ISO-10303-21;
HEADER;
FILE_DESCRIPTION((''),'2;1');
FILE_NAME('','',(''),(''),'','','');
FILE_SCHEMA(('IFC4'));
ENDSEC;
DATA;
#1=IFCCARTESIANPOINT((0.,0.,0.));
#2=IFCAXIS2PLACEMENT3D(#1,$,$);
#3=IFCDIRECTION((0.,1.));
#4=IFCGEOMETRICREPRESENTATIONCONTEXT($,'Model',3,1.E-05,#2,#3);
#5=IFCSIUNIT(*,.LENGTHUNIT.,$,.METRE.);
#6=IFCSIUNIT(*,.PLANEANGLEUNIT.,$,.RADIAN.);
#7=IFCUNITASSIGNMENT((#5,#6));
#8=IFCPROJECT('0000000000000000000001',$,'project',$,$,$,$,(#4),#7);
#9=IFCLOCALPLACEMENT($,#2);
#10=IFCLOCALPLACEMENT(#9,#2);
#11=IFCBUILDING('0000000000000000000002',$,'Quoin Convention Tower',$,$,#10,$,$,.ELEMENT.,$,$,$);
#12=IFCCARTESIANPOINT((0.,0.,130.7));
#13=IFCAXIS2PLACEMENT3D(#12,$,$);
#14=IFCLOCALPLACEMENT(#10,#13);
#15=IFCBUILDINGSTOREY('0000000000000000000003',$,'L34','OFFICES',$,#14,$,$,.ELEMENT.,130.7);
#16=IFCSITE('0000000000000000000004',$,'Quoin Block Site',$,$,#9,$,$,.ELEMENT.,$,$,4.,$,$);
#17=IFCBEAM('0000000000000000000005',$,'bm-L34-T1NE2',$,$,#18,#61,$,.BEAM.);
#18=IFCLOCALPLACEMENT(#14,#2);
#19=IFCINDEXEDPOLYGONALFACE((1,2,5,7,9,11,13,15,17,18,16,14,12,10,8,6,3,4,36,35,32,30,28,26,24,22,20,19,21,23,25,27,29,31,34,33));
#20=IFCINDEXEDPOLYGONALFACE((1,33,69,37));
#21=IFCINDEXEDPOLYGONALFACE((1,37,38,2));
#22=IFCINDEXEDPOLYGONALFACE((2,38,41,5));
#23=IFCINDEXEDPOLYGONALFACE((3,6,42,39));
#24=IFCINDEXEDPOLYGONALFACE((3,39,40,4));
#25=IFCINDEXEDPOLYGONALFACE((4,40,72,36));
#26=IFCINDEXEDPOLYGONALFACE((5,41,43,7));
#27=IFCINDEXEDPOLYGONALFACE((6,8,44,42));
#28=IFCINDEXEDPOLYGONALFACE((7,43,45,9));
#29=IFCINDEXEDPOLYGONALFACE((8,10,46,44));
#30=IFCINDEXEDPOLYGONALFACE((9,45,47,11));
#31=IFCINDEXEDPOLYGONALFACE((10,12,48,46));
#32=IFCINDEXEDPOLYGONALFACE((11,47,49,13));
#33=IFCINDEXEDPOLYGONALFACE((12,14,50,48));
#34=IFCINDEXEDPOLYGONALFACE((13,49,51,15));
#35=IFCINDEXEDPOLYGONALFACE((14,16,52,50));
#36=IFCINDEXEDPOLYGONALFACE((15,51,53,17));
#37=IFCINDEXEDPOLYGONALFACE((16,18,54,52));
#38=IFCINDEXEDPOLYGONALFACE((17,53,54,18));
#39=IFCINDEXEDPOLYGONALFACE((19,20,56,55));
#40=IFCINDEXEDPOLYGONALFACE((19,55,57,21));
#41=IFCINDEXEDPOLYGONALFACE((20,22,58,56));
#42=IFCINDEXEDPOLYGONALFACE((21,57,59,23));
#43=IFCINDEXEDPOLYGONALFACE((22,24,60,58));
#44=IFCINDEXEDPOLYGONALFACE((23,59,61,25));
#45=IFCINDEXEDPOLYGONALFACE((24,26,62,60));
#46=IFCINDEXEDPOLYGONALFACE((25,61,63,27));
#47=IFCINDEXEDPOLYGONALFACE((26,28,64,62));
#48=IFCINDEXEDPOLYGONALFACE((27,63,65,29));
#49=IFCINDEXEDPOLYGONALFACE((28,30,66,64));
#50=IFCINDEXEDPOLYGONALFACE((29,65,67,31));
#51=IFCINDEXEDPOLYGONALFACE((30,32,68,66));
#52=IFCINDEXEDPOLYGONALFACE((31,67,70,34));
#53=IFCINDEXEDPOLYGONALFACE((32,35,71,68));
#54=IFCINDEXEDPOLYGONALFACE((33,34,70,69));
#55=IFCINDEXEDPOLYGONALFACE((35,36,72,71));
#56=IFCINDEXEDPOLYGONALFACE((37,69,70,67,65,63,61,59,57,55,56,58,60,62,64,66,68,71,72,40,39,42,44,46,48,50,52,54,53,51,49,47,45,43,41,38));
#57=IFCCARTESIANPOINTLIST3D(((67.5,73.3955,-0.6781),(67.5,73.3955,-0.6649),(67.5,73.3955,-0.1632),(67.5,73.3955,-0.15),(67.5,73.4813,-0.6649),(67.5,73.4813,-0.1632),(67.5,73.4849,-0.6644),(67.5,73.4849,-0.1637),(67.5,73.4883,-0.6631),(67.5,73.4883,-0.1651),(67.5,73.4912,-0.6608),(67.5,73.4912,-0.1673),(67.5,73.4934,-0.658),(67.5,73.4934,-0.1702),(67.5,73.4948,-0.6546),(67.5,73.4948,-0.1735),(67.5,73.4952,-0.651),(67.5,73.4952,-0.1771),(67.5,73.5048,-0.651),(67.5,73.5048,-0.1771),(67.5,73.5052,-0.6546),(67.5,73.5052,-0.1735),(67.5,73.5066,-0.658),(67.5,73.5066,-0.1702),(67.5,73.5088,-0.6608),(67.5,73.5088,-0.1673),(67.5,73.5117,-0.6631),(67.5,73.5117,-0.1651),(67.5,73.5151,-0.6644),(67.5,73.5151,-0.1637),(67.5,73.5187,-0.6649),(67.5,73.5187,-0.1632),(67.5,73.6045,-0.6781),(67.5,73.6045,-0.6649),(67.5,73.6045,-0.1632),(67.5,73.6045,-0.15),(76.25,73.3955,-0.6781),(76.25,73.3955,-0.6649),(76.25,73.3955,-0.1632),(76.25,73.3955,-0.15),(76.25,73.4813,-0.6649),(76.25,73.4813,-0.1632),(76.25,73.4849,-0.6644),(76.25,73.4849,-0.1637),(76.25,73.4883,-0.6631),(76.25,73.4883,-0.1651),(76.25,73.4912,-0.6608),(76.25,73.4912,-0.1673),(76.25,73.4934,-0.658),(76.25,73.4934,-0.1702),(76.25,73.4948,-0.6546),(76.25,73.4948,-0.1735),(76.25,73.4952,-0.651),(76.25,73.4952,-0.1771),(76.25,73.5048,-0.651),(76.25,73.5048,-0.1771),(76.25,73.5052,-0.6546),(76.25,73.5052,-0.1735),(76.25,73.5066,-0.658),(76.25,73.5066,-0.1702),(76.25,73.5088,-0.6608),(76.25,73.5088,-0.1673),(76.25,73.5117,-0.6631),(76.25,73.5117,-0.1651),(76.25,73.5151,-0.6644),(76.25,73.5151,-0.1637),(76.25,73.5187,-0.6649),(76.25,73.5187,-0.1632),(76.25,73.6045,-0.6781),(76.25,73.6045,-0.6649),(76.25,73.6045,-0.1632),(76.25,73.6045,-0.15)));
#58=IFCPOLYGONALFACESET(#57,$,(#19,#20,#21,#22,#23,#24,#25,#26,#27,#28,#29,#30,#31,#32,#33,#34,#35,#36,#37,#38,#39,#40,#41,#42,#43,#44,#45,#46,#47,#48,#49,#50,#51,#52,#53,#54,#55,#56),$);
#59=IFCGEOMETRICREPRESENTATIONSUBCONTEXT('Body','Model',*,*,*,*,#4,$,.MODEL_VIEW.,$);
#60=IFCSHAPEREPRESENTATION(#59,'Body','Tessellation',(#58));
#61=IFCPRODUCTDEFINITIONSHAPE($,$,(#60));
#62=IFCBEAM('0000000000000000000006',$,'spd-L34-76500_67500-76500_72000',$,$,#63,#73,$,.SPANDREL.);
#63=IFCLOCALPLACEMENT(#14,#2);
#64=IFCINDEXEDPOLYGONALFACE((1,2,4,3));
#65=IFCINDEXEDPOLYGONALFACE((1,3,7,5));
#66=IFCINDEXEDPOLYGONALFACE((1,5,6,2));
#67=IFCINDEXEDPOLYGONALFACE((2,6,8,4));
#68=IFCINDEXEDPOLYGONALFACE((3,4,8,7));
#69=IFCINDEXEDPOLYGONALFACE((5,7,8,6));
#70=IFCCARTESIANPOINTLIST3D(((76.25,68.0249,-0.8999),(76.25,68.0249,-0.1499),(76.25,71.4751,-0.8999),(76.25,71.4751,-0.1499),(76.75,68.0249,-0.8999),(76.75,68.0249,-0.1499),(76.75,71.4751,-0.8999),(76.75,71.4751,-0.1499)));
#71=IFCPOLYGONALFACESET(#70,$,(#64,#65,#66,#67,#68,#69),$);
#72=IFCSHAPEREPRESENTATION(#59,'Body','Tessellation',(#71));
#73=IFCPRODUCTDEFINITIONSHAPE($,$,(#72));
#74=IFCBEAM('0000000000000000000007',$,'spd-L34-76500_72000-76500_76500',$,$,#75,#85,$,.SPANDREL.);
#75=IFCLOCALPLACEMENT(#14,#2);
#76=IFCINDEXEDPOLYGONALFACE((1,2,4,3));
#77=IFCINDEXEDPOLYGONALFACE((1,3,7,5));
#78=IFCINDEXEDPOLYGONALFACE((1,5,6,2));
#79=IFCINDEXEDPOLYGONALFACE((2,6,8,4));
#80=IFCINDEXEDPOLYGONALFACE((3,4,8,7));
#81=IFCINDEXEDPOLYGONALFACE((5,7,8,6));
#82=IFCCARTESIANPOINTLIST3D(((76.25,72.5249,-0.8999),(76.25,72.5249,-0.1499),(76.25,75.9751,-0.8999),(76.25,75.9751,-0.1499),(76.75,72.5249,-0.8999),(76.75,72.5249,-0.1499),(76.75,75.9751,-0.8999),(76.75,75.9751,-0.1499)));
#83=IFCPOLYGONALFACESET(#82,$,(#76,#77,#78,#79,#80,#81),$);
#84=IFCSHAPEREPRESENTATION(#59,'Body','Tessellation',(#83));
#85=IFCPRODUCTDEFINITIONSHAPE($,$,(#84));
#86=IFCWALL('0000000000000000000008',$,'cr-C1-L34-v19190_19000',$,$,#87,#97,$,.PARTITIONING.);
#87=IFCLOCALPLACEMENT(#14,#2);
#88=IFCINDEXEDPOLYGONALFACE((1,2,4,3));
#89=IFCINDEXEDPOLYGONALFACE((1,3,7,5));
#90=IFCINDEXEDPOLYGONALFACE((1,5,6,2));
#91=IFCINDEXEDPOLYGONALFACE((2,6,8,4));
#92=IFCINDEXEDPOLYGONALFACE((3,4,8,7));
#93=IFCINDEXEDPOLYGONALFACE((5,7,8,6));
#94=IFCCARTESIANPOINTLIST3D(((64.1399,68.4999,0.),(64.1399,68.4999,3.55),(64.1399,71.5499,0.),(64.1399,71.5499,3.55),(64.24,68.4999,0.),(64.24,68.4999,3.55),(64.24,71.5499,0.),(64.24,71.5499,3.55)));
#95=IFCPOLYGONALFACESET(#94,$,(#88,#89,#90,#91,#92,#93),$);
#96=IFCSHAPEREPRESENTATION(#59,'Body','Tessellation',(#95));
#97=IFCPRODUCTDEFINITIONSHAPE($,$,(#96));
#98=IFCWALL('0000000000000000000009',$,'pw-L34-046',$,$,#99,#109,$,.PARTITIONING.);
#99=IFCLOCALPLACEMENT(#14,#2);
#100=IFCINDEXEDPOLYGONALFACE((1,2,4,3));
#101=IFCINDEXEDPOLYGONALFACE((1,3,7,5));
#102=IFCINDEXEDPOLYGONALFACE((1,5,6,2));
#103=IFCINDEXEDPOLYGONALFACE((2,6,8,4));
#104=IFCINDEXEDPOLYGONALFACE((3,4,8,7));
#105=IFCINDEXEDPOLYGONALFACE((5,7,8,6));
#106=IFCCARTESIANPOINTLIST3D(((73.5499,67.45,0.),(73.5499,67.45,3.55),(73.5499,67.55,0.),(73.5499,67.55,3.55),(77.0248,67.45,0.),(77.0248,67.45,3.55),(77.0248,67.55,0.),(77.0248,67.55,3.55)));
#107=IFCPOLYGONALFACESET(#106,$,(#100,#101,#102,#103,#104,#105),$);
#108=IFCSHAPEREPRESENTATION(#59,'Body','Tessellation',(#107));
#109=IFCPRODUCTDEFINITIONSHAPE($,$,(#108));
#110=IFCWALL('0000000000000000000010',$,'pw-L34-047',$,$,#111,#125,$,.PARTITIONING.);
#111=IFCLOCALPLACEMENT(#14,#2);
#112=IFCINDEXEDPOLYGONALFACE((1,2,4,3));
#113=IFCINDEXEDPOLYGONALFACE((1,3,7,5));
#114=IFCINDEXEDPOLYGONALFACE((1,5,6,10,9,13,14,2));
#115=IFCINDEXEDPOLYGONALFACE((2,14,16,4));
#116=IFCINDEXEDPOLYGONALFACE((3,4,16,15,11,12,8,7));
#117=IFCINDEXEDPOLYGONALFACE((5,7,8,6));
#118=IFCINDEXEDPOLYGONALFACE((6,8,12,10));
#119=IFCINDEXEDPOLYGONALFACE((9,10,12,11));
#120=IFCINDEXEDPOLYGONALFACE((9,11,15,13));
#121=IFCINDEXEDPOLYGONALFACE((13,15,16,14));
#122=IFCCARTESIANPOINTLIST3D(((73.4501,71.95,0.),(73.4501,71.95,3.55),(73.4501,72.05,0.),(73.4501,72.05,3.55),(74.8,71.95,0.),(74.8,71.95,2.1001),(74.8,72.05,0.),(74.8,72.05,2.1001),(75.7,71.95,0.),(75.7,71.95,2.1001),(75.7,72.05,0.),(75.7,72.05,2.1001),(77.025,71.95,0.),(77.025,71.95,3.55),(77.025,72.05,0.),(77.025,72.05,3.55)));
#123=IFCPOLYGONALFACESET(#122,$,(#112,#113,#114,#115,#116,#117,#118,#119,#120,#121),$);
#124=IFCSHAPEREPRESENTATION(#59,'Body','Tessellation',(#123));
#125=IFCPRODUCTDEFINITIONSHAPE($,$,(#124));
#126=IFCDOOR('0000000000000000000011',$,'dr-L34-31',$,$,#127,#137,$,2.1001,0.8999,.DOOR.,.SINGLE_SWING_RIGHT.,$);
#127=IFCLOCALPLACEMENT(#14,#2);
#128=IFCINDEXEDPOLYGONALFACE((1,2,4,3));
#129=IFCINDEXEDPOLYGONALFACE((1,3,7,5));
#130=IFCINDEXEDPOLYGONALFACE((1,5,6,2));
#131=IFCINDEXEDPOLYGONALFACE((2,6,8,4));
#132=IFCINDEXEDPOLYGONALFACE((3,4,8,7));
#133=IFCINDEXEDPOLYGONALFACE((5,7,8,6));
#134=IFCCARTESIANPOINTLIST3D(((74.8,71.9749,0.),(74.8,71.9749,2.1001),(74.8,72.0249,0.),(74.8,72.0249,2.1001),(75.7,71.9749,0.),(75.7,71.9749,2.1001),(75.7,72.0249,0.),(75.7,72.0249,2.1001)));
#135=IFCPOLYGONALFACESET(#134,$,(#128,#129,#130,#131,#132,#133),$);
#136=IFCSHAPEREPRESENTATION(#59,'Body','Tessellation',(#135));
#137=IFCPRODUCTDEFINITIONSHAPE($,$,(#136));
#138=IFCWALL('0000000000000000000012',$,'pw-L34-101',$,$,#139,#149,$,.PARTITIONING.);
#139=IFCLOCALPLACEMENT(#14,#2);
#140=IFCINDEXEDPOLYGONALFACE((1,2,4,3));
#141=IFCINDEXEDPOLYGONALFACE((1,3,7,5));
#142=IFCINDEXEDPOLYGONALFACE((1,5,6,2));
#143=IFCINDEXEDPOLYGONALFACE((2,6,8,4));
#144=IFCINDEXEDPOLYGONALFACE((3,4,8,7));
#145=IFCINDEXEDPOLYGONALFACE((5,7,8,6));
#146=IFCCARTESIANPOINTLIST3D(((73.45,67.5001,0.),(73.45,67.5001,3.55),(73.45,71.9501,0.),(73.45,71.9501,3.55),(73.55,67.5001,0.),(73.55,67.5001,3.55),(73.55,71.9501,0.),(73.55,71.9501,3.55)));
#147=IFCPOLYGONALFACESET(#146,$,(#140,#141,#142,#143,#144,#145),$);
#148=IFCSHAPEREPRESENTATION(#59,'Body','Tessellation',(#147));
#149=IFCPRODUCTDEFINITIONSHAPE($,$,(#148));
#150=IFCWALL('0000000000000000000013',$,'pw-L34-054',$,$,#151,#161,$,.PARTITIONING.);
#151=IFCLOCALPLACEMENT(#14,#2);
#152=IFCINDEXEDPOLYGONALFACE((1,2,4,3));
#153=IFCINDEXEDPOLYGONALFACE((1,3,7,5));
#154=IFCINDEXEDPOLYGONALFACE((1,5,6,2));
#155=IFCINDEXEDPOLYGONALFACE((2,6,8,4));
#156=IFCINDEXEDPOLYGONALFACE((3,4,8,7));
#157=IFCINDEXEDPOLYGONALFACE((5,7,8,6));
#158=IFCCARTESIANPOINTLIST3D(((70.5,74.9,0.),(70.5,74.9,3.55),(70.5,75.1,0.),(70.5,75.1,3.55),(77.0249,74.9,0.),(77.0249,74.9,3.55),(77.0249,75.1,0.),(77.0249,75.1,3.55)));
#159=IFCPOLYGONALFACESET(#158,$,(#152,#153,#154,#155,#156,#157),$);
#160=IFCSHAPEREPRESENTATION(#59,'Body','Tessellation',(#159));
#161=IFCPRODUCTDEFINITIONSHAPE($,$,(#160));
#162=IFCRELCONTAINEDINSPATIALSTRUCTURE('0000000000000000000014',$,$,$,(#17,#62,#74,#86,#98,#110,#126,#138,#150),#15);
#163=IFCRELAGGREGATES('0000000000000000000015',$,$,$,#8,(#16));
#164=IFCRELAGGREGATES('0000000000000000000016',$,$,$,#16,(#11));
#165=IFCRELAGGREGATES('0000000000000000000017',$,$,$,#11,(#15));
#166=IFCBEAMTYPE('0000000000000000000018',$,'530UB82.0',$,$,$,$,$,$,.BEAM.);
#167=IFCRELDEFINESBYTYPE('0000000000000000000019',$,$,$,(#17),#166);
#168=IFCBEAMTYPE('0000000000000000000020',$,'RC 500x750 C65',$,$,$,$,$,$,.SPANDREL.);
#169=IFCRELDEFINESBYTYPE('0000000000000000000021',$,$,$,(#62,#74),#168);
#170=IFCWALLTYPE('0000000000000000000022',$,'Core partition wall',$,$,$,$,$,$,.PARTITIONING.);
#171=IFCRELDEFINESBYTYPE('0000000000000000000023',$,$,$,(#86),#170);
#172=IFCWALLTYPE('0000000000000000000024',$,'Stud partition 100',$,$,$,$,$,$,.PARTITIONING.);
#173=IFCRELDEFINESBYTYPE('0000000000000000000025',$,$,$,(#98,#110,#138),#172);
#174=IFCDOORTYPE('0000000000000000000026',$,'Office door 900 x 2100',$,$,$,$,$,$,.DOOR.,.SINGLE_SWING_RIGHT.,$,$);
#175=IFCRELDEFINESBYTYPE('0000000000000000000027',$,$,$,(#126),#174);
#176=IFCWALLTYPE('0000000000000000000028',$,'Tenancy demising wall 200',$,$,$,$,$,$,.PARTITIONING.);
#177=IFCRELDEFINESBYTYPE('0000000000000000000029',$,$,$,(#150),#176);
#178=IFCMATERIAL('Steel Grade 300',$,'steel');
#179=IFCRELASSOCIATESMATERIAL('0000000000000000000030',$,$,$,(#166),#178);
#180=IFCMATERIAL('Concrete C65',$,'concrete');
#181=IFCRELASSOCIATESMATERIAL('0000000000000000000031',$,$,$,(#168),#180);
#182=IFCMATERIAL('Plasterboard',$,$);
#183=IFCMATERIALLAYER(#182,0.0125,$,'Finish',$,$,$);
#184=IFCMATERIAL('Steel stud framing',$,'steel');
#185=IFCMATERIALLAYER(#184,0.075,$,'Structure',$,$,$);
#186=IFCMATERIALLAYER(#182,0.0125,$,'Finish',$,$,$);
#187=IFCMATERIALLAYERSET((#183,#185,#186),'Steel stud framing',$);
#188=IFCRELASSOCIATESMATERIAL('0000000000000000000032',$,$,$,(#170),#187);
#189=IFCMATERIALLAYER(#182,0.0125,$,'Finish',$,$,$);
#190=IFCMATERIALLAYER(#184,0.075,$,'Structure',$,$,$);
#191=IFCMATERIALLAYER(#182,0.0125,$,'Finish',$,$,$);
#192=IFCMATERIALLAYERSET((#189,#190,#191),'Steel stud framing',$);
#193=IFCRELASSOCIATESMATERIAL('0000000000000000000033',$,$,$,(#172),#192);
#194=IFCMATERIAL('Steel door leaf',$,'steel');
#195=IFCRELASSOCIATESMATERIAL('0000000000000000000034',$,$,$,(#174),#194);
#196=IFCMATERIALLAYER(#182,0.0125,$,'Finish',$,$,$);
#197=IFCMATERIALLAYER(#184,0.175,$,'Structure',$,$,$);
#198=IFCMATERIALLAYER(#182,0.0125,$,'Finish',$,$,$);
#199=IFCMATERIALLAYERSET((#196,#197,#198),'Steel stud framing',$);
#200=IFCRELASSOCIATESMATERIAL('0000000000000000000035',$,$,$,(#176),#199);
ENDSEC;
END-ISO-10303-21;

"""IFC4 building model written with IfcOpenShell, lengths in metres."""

from ifc_helpers import new_model, si_unit, direction, frame, frame_2d, origin, origin_2d, place, context, subcontext, project, spatial, rectangle, i_section, extrude, material, layer, layer_set, material_profile, profile_set, type_object, element, fill, save


model = new_model("IFC4")

# Units and contexts
model_context = context("Model", 3, precision=1e-05, world=origin(), true_north=direction((0.0, 1.0)))
body_context = subcontext(model_context, "Body", "Model", "MODEL_VIEW")
ifc_project = project(units=[si_unit("LENGTHUNIT", "METRE"), si_unit("PLANEANGLEUNIT", "RADIAN")], contexts=[model_context])

# Site, building, storey
site_placement = place(None, origin())
site = spatial("IfcSite", under=ifc_project, at=site_placement, Name="Quoin Block Site", CompositionType="ELEMENT", RefElevation=4.0)
building_placement = place(site_placement, origin())
building = spatial("IfcBuilding", under=site, at=building_placement, Name="Quoin Convention Tower", CompositionType="ELEMENT")
storey_placement = place(building_placement, frame((0.0, 0.0, 130.7)))
storey = spatial("IfcBuildingStorey", under=building, at=storey_placement, Name="L34", Description="OFFICES", CompositionType="ELEMENT", Elevation=130.7)

# Shared definitions
ifc_material_1 = material(Name="Concrete C65", Category="concrete")

# Beams
ifc_material_2 = material(Name="Steel Grade 300", Category="steel")
ifc_material_profile_1 = material_profile(ifc_material_2, i_section(OverallWidth=0.209, OverallDepth=0.5281, WebThickness=0.0095, FlangeThickness=0.0132, FilletRadius=0.0139, at=origin_2d()), Name="530UB82.0")
ifc_profile_set_1 = profile_set([ifc_material_profile_1], Name="Steel Grade 300")
beam_type_1 = type_object("IfcBeamType", Name="530UB82.0", PredefinedType="BEAM", material=ifc_profile_set_1)
for number, where, z_axis, x_axis, name in (
    (1, (67.5, 73.5, -0.4141), (1.0, 0.0, 0.0), (0.0, 1.0, 0.0), "bm-L34-T1NE2"),
):
    element("IfcBeam", number, at=place(storey_placement, frame(where, z_axis=z_axis, x_axis=x_axis)), inside=storey, type_object=beam_type_1, Name=name, PredefinedType="BEAM", context=body_context, shape_type="SweptSolid", body=[
        extrude(i_section(OverallWidth=0.209, OverallDepth=0.5281, WebThickness=0.0095, FlangeThickness=0.0132, FilletRadius=0.0139, at=origin_2d()), origin(), (0.0, 0.0, 1.0), 8.75),
    ])
ifc_material_profile_2 = material_profile(ifc_material_1, rectangle(XDim=0.5, YDim=0.75, at=origin_2d()), Name="RC 500x750")
ifc_profile_set_2 = profile_set([ifc_material_profile_2], Name="Concrete C65")
beam_type_2 = type_object("IfcBeamType", Name="RC 500x750 C65", PredefinedType="SPANDREL", material=ifc_profile_set_2)
for number, where, z_axis, x_axis, name in (
    (2, (76.5, 68.0249, -0.5249), (0.0, 1.0, 0.0), (-1.0, 0.0, 0.0), "spd-L34-76500_67500-76500_72000"),
    (3, (76.5, 72.5249, -0.5249), (0.0, 1.0, 0.0), (-1.0, 0.0, 0.0), "spd-L34-76500_72000-76500_76500"),
):
    element("IfcBeam", number, at=place(storey_placement, frame(where, z_axis=z_axis, x_axis=x_axis)), inside=storey, type_object=beam_type_2, Name=name, PredefinedType="SPANDREL", context=body_context, shape_type="SweptSolid", body=[
        extrude(rectangle(XDim=0.5, YDim=0.75, at=origin_2d()), origin(), (0.0, 0.0, 1.0), 3.4502),
    ])

# Walls
ifc_material_3 = material(Name="Plasterboard")
ifc_layer_1 = layer(ifc_material_3, 0.0125, Name="Finish")
ifc_material_4 = material(Name="Steel stud framing", Category="steel")
ifc_layer_2 = layer(ifc_material_4, 0.075, Name="Structure")
ifc_layer_3 = layer(ifc_material_3, 0.0125, Name="Finish")
ifc_layer_set_1 = layer_set([ifc_layer_1, ifc_layer_2, ifc_layer_3], Name="Steel stud framing")
wall_type_1 = type_object("IfcWallType", Name="Core partition wall", PredefinedType="PARTITIONING", material=ifc_layer_set_1)
wall_1_placement = place(storey_placement, frame((64.1899, 68.5, 0.0), z_axis=(0.0, 0.0, 1.0), x_axis=(0.0, 1.0, 0.0)))
element("IfcWall", 4, at=wall_1_placement, inside=storey, type_object=wall_type_1, Name="cr-C1-L34-v19190_19000", PredefinedType="PARTITIONING", context=body_context, shape_type="SweptSolid", body=[
    extrude(rectangle(XDim=3.05, YDim=0.1001, at=frame_2d((1.5249, 0.0))), origin(), (0.0, 0.0, 1.0), 3.55),
])
ifc_layer_4 = layer(ifc_material_3, 0.0125, Name="Finish")
ifc_layer_5 = layer(ifc_material_4, 0.075, Name="Structure")
ifc_layer_6 = layer(ifc_material_3, 0.0125, Name="Finish")
ifc_layer_set_2 = layer_set([ifc_layer_4, ifc_layer_5, ifc_layer_6], Name="Steel stud framing")
wall_type_2 = type_object("IfcWallType", Name="Stud partition 100", PredefinedType="PARTITIONING", material=ifc_layer_set_2)
wall_2_placement = place(storey_placement, frame((73.55, 67.5, 0.0), z_axis=(0.0, 0.0, 1.0), x_axis=(1.0, 0.0, 0.0)))
element("IfcWall", 5, at=wall_2_placement, inside=storey, type_object=wall_type_2, Name="pw-L34-046", PredefinedType="PARTITIONING", context=body_context, shape_type="SweptSolid", body=[
    extrude(rectangle(XDim=3.4749, YDim=0.1001, at=frame_2d((1.7373, 0.0))), origin(), (0.0, 0.0, 1.0), 3.55),
])

# Wall, opening, door
wall_3_placement = place(storey_placement, frame((73.45, 72.0, 0.0), z_axis=(0.0, 0.0, 1.0), x_axis=(1.0, 0.0, 0.0)))
wall_3 = element("IfcWall", 6, at=wall_3_placement, inside=storey, type_object=wall_type_2, Name="pw-L34-047", PredefinedType="PARTITIONING", context=body_context, shape_type="SweptSolid", body=[
    extrude(rectangle(XDim=3.575, YDim=0.1001, at=frame_2d((1.7876, 0.0))), origin(), (0.0, 0.0, 1.0), 3.55),
])
opening_placement = place(wall_3_placement, frame((1.3501, 0.0, 0.0)))
opening = element("IfcOpeningElement", 7, at=opening_placement, cuts=wall_3, PredefinedType="OPENING", context=body_context, shape_type="SweptSolid", body=[
    extrude(rectangle(XDim=0.8999, YDim=2.1001, at=frame_2d((0.45, 1.05))), frame((0.0, 0.0601, 0.0), z_axis=(0.0, -1.0, 0.0), x_axis=(1.0, 0.0, 0.0)), (0.0, 0.0, 1.0), 0.1201),
])
ifc_material_5 = material(Name="Steel door leaf", Category="steel")
door_type = type_object("IfcDoorType", Name="Office door 900 x 2100", OperationType="SINGLE_SWING_RIGHT", PredefinedType="DOOR", material=ifc_material_5)
door_placement = place(opening_placement, origin())
door = element("IfcDoor", 8, at=door_placement, inside=storey, type_object=door_type, Name="dr-L34-31", OperationType="SINGLE_SWING_RIGHT", OverallHeight=2.1001, OverallWidth=0.8999, PredefinedType="DOOR", context=body_context, shape_type="SweptSolid", body=[
    extrude(rectangle(XDim=0.8999, YDim=2.1001, at=frame_2d((0.45, 1.05))), frame((0.0, 0.0249, 0.0), z_axis=(0.0, -1.0, 0.0), x_axis=(1.0, 0.0, 0.0)), (0.0, 0.0, 1.0), 0.05),
])
fill(opening, door)

# Walls
wall_4_placement = place(storey_placement, frame((73.5, 67.5, 0.0), z_axis=(0.0, 0.0, 1.0), x_axis=(0.0, 1.0, 0.0)))
element("IfcWall", 9, at=wall_4_placement, inside=storey, type_object=wall_type_2, Name="pw-L34-101", PredefinedType="PARTITIONING", context=body_context, shape_type="SweptSolid", body=[
    extrude(rectangle(XDim=4.45, YDim=0.1001, at=frame_2d((2.2251, 0.0))), origin(), (0.0, 0.0, 1.0), 3.55),
])
ifc_layer_7 = layer(ifc_material_3, 0.0125, Name="Finish")
ifc_layer_8 = layer(ifc_material_4, 0.175, Name="Structure")
ifc_layer_9 = layer(ifc_material_3, 0.0125, Name="Finish")
ifc_layer_set_3 = layer_set([ifc_layer_7, ifc_layer_8, ifc_layer_9], Name="Steel stud framing")
wall_type_3 = type_object("IfcWallType", Name="Tenancy demising wall 200", PredefinedType="PARTITIONING", material=ifc_layer_set_3)
wall_5_placement = place(storey_placement, frame((70.5, 75.0, 0.0), z_axis=(0.0, 0.0, 1.0), x_axis=(1.0, 0.0, 0.0)))
element("IfcWall", 10, at=wall_5_placement, inside=storey, type_object=wall_type_3, Name="pw-L34-054", PredefinedType="PARTITIONING", context=body_context, shape_type="SweptSolid", body=[
    extrude(rectangle(XDim=6.5249, YDim=0.2, at=frame_2d((3.2625, 0.0))), origin(), (0.0, 0.0, 1.0), 3.55),
])

save(model, "model.ifc")
